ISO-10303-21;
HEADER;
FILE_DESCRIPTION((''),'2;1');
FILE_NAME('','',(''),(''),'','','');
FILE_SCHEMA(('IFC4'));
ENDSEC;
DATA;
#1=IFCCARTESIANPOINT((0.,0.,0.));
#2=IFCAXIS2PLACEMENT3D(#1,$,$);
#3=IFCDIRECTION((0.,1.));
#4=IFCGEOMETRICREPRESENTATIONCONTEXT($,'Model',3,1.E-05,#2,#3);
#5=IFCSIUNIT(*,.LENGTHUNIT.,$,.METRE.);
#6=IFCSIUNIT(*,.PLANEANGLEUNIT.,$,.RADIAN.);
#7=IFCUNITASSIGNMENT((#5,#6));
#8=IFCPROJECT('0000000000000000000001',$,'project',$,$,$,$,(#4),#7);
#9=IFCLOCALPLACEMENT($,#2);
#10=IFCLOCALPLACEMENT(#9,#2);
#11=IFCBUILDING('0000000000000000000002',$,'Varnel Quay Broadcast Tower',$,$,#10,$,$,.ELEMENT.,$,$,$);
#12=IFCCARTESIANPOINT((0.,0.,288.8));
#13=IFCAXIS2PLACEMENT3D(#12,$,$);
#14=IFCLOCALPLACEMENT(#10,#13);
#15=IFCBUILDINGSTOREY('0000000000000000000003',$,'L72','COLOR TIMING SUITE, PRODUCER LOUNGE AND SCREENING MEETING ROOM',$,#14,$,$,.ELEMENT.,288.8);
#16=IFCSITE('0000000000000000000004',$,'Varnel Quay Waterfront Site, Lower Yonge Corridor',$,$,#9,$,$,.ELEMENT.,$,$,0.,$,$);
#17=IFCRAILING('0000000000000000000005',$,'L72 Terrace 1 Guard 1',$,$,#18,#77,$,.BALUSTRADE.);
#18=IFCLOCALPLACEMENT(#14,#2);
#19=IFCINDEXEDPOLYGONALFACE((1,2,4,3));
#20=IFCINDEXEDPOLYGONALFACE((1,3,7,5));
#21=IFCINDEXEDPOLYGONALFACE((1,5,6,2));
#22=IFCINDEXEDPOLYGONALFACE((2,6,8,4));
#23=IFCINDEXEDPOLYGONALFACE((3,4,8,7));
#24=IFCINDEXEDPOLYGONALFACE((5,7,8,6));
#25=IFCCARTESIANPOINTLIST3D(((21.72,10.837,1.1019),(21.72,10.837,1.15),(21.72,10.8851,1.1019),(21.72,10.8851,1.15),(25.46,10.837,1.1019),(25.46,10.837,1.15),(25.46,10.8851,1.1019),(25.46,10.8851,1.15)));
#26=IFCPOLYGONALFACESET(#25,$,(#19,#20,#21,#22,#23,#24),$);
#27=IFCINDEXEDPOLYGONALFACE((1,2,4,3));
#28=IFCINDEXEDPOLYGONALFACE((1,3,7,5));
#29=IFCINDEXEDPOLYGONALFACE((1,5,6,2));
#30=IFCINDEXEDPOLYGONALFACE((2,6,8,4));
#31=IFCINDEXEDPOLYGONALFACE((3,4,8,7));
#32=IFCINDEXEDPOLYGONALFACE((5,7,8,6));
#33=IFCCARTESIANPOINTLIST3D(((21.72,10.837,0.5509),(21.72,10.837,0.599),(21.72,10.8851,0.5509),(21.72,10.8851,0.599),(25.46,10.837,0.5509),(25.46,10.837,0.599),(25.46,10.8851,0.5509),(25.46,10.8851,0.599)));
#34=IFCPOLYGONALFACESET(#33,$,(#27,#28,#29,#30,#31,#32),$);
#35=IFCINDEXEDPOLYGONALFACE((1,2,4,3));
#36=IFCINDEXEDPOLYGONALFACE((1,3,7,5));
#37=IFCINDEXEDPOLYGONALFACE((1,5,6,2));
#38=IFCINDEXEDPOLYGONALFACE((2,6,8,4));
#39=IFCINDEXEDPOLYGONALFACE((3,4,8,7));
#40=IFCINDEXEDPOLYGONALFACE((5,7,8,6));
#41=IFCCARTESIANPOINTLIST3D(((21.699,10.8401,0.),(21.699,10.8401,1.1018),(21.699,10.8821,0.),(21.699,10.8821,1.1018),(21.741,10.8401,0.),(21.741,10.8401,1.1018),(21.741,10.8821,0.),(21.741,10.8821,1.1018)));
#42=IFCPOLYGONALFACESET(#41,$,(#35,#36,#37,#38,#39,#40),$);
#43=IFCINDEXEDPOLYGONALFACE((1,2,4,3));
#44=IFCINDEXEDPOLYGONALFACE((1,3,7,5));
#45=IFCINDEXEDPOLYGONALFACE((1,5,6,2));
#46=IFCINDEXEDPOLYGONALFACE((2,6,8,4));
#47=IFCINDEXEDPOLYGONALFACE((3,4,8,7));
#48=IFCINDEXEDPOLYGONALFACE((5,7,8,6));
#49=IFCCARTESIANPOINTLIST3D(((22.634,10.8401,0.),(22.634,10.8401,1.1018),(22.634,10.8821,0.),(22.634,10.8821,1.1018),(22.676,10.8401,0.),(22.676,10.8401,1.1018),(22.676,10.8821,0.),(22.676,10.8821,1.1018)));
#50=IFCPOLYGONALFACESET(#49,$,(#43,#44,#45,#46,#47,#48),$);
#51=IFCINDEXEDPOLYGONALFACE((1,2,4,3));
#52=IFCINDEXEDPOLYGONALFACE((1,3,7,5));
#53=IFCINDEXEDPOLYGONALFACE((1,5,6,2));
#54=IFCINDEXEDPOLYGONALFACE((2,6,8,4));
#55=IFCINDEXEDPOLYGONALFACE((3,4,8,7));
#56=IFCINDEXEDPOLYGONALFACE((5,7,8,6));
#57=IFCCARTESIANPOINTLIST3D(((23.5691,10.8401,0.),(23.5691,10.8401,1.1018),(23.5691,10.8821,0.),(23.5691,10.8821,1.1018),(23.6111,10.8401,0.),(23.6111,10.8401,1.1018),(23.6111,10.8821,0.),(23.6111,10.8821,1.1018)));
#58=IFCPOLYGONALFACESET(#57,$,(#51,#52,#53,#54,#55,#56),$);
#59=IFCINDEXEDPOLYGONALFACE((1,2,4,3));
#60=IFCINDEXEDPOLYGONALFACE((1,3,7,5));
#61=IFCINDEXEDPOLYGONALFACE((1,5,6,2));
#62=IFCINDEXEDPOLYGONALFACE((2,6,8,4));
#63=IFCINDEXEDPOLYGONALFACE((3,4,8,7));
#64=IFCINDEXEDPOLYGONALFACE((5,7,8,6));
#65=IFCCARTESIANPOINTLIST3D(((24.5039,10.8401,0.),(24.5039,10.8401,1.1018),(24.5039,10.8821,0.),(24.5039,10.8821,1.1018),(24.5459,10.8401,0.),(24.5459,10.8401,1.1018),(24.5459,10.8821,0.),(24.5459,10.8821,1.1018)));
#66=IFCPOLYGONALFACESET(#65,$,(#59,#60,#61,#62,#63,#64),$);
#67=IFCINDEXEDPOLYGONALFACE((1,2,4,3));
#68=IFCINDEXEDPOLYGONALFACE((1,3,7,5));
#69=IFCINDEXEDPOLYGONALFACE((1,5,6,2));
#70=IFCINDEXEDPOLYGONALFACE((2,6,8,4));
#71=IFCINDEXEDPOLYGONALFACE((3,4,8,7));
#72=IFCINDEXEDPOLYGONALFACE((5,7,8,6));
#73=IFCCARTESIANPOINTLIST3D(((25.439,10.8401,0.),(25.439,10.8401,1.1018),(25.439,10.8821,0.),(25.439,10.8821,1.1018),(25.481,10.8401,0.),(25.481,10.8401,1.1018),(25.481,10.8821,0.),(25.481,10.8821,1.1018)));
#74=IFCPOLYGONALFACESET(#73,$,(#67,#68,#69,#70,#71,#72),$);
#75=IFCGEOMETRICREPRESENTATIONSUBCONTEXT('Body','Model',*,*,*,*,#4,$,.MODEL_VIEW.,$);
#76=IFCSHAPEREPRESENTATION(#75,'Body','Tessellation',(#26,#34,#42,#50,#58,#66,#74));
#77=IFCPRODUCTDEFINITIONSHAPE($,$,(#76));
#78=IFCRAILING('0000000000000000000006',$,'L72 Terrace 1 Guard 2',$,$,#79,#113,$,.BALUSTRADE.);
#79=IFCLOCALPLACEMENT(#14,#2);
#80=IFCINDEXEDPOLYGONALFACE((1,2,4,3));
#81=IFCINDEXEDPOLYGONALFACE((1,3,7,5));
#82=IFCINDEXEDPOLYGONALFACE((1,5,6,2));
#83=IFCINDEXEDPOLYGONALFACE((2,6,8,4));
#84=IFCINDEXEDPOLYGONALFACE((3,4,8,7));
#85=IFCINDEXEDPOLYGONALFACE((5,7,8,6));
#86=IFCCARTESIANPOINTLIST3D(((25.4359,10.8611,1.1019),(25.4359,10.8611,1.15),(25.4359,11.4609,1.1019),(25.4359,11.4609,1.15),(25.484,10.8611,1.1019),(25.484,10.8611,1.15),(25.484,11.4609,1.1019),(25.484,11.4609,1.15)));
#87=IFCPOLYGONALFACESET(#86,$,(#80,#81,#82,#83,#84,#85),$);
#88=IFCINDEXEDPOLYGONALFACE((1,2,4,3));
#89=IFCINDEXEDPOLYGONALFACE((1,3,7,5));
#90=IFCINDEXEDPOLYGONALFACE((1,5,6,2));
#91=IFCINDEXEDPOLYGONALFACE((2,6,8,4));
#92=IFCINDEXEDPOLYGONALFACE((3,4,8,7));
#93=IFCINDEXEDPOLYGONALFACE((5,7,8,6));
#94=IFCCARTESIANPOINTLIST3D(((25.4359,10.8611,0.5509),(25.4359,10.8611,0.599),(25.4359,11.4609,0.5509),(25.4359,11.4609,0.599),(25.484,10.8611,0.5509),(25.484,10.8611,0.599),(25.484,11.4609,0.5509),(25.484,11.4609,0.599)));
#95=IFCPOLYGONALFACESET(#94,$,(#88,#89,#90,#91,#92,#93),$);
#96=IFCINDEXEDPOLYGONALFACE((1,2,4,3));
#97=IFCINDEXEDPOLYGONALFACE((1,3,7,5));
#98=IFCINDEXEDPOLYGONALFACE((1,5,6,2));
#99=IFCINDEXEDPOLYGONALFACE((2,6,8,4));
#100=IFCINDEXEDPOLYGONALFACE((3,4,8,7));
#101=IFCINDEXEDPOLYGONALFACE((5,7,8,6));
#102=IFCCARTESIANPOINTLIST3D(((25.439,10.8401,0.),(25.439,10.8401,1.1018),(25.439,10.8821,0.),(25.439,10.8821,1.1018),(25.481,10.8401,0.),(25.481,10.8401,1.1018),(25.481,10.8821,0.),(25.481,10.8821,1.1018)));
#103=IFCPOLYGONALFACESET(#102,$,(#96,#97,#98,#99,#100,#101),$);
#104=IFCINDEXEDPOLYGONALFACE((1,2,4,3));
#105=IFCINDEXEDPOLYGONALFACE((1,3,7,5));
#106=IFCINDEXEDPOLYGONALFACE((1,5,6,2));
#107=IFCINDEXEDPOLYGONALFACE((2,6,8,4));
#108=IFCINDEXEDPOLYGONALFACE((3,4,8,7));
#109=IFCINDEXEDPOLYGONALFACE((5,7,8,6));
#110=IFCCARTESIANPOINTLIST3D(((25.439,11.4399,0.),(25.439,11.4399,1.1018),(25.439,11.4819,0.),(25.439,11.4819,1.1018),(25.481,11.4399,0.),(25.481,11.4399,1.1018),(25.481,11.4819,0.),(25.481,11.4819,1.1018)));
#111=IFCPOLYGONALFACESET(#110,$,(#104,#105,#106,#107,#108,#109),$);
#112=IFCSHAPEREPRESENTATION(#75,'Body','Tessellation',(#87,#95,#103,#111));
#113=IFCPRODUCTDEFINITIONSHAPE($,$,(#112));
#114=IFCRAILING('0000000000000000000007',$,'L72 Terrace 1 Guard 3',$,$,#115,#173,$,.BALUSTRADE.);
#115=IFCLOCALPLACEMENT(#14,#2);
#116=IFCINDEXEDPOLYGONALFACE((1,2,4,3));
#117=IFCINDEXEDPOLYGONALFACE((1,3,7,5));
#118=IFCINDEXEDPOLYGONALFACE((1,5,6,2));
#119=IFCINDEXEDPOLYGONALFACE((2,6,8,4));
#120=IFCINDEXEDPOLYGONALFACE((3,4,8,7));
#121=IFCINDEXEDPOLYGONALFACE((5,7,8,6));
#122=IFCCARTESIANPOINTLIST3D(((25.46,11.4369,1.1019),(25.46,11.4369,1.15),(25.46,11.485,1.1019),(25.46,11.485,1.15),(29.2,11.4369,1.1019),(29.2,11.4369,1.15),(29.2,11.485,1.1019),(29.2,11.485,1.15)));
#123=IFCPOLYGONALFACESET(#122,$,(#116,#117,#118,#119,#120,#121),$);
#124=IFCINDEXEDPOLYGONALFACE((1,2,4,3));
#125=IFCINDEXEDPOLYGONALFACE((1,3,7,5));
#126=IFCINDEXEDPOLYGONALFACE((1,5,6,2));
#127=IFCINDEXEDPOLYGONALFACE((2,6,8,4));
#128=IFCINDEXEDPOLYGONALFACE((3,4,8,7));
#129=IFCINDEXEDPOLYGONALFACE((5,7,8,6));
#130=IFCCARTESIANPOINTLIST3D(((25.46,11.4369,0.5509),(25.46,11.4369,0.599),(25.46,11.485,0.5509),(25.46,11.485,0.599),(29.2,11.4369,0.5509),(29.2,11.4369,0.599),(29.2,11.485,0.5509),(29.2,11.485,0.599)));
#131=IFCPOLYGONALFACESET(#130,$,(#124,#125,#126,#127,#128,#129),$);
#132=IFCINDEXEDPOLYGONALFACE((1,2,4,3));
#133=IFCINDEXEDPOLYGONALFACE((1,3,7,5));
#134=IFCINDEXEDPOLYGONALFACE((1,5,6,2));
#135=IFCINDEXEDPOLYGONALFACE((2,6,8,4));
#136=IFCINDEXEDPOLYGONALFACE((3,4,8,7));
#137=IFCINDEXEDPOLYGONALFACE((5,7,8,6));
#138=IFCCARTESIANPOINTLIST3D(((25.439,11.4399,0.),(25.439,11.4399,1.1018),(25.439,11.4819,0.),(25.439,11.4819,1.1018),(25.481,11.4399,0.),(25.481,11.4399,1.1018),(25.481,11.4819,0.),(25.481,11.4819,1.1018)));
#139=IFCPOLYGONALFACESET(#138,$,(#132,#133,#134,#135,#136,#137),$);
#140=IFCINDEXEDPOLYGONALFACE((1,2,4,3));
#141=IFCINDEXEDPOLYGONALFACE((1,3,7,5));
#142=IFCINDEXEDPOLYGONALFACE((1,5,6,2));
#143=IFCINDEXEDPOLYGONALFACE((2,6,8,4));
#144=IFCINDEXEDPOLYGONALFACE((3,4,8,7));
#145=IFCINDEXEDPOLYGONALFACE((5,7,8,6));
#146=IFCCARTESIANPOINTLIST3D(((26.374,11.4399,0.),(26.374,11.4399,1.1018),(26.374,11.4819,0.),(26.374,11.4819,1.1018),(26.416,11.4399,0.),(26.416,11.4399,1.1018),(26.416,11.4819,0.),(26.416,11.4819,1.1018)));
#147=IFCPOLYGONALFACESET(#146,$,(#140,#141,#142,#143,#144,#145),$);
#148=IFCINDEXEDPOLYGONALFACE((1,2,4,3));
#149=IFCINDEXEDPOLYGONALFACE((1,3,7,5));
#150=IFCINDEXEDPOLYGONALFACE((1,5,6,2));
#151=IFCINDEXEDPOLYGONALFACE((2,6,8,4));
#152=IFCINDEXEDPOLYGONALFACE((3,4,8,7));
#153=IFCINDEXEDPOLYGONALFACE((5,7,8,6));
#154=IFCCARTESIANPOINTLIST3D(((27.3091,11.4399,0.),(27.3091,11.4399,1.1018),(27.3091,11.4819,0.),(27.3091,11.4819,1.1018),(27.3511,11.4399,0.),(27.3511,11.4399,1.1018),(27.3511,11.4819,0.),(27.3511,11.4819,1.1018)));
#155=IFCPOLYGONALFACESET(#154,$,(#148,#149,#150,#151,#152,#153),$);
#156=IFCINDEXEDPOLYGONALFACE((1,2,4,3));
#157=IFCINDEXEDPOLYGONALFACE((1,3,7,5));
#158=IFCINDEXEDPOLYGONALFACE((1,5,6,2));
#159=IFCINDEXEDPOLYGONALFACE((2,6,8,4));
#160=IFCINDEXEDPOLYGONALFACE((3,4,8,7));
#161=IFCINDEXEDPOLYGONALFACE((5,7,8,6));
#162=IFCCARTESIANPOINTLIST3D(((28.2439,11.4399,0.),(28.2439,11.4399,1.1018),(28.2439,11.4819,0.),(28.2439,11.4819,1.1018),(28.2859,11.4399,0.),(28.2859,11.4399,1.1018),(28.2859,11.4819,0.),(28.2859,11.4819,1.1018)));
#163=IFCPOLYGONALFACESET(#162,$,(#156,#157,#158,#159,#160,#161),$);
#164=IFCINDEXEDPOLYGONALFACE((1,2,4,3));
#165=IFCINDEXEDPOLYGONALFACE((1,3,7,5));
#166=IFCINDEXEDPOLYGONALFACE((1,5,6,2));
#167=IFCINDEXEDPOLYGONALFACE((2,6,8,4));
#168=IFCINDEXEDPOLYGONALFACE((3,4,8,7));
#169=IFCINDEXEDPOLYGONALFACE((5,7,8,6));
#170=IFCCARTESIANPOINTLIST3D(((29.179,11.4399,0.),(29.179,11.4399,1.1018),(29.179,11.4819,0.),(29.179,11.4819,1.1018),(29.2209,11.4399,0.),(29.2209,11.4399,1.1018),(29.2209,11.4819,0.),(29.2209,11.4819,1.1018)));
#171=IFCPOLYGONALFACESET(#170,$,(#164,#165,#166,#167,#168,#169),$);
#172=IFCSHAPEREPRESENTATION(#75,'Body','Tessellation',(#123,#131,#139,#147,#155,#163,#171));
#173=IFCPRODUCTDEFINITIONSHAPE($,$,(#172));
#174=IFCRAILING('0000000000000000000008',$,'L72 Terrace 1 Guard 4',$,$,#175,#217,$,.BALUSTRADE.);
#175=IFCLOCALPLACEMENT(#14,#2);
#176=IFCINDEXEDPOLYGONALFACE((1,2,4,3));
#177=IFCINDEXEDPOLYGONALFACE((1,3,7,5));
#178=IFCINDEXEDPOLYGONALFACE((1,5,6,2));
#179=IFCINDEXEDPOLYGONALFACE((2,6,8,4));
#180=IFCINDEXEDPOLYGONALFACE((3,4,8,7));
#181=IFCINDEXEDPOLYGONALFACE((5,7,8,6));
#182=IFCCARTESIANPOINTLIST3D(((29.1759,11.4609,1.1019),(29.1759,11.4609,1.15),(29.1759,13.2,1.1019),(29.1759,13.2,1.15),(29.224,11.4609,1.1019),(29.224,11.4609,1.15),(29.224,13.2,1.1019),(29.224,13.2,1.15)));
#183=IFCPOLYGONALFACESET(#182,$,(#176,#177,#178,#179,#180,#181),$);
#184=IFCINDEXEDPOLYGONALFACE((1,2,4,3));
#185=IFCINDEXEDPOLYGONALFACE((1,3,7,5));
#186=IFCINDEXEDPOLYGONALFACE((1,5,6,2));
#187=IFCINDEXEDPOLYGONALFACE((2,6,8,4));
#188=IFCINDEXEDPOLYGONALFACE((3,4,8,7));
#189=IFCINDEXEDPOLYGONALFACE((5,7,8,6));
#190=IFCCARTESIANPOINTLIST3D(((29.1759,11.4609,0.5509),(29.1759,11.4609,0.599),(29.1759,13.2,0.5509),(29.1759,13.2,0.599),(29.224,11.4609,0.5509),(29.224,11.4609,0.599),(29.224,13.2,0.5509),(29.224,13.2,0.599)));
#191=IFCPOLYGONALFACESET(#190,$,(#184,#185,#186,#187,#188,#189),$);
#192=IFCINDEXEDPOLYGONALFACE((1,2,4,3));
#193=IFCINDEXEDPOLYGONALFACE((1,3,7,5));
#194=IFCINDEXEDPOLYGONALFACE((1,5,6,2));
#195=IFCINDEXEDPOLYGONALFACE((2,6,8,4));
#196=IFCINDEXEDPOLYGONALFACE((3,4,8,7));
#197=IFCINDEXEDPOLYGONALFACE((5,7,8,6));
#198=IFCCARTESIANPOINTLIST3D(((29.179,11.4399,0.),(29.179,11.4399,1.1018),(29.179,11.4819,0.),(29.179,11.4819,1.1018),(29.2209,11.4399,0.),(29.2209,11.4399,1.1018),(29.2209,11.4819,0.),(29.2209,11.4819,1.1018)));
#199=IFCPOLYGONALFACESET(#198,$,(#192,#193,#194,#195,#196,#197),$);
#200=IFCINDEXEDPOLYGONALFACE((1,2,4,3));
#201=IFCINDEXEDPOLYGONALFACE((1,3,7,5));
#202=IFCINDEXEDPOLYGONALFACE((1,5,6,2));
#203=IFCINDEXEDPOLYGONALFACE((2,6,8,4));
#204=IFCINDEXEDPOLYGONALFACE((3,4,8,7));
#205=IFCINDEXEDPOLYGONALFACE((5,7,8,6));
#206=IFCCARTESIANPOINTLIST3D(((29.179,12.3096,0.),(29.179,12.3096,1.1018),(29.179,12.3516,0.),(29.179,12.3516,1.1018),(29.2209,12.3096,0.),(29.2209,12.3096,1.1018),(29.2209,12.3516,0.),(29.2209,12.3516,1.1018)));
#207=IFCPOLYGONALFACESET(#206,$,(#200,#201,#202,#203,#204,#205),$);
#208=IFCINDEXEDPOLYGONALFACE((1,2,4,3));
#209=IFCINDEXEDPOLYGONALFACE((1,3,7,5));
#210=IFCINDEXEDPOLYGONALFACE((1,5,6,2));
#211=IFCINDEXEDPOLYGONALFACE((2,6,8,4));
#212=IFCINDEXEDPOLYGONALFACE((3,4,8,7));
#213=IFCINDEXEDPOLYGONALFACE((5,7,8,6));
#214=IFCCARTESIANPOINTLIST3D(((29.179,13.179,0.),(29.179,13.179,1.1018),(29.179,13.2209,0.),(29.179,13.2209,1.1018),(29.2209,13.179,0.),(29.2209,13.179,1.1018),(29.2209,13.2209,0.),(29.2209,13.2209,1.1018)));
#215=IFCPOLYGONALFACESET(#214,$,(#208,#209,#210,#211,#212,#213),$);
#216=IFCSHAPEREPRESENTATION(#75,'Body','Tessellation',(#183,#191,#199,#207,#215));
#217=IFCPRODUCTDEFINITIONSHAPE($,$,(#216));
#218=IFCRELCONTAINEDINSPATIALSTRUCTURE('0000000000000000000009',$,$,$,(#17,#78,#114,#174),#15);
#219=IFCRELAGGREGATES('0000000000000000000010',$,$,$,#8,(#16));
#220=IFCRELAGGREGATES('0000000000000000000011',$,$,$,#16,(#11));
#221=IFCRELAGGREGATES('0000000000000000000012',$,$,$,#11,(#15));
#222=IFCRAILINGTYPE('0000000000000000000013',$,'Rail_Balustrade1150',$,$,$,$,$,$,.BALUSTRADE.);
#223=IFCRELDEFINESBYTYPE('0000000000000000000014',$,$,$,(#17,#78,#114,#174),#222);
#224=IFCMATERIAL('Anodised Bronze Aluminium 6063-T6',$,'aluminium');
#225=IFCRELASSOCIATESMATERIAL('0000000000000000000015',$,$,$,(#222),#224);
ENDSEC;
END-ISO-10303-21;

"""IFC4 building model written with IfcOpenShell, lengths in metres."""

from ifc_helpers import new_model, si_unit, direction, frame, origin, origin_2d, place, context, subcontext, project, spatial, rectangle, extrude, material, type_object, element, save


model = new_model("IFC4")

# Units and contexts
model_context = context("Model", 3, precision=1e-05, world=origin(), true_north=direction((0.0, 1.0)))
body_context = subcontext(model_context, "Body", "Model", "MODEL_VIEW")
ifc_project = project(units=[si_unit("LENGTHUNIT", "METRE"), si_unit("PLANEANGLEUNIT", "RADIAN")], contexts=[model_context])

# Site, building, storey
site_placement = place(None, origin())
site = spatial("IfcSite", under=ifc_project, at=site_placement, Name="Varnel Quay Waterfront Site, Lower Yonge Corridor", CompositionType="ELEMENT", RefElevation=0.0)
building_placement = place(site_placement, origin())
building = spatial("IfcBuilding", under=site, at=building_placement, Name="Varnel Quay Broadcast Tower", CompositionType="ELEMENT")
storey_placement = place(building_placement, frame((0.0, 0.0, 288.8)))
storey = spatial("IfcBuildingStorey", under=building, at=storey_placement, Name="L72", Description="COLOR TIMING SUITE, PRODUCER LOUNGE AND SCREENING MEETING ROOM", CompositionType="ELEMENT", Elevation=288.8)

# Shared definitions
ifc_material_1 = material(Name="Anodised Bronze Aluminium 6063-T6", Category="aluminium")

# Railings
railing_type = type_object("IfcRailingType", Name="Rail_Balustrade1150", PredefinedType="BALUSTRADE", material=ifc_material_1)
railing_1_placement = place(storey_placement, frame((21.72, 10.8611, 0.0)))
element("IfcRailing", 1, at=railing_1_placement, inside=storey, type_object=railing_type, Name="L72 Terrace 1 Guard 1", PredefinedType="BALUSTRADE", context=body_context, shape_type="SweptSolid", body=[
    extrude(rectangle(XDim=0.0481, YDim=0.0481, at=origin_2d()), frame((0.0, 0.0, 1.126), z_axis=(1.0, 0.0, 0.0), x_axis=(0.0, 1.0, 0.0)), (0.0, 0.0, 1.0), 3.74),
    extrude(rectangle(XDim=0.0481, YDim=0.0481, at=origin_2d()), frame((0.0, 0.0, 0.575), z_axis=(1.0, 0.0, 0.0), x_axis=(0.0, 1.0, 0.0)), (0.0, 0.0, 1.0), 3.74),
    extrude(rectangle(XDim=0.042, YDim=0.042, at=origin_2d()), origin(), (0.0, 0.0, 1.0), 1.1018),
    extrude(rectangle(XDim=0.042, YDim=0.042, at=origin_2d()), frame((0.9351, 0.0, 0.0)), (0.0, 0.0, 1.0), 1.1018),
    extrude(rectangle(XDim=0.042, YDim=0.042, at=origin_2d()), frame((1.8701, 0.0, 0.0)), (0.0, 0.0, 1.0), 1.1018),
    extrude(rectangle(XDim=0.042, YDim=0.042, at=origin_2d()), frame((2.8049, 0.0, 0.0)), (0.0, 0.0, 1.0), 1.1018),
    extrude(rectangle(XDim=0.042, YDim=0.042, at=origin_2d()), frame((3.74, 0.0, 0.0)), (0.0, 0.0, 1.0), 1.1018),
])
railing_2_placement = place(storey_placement, frame((25.46, 10.8611, 0.0)))
element("IfcRailing", 2, at=railing_2_placement, inside=storey, type_object=railing_type, Name="L72 Terrace 1 Guard 2", PredefinedType="BALUSTRADE", context=body_context, shape_type="SweptSolid", body=[
    extrude(rectangle(XDim=0.0481, YDim=0.0481, at=origin_2d()), frame((0.0, 0.0, 1.126), z_axis=(0.0, 1.0, 0.0), x_axis=(-1.0, 0.0, 0.0)), (0.0, 0.0, 1.0), 0.5999),
    extrude(rectangle(XDim=0.0481, YDim=0.0481, at=origin_2d()), frame((0.0, 0.0, 0.575), z_axis=(0.0, 1.0, 0.0), x_axis=(-1.0, 0.0, 0.0)), (0.0, 0.0, 1.0), 0.5999),
    extrude(rectangle(XDim=0.042, YDim=0.042, at=origin_2d()), origin(), (0.0, 0.0, 1.0), 1.1018),
    extrude(rectangle(XDim=0.042, YDim=0.042, at=origin_2d()), frame((0.0, 0.5999, 0.0)), (0.0, 0.0, 1.0), 1.1018),
])
railing_3_placement = place(storey_placement, frame((25.46, 11.4609, 0.0)))
element("IfcRailing", 3, at=railing_3_placement, inside=storey, type_object=railing_type, Name="L72 Terrace 1 Guard 3", PredefinedType="BALUSTRADE", context=body_context, shape_type="SweptSolid", body=[
    extrude(rectangle(XDim=0.0481, YDim=0.0481, at=origin_2d()), frame((0.0, 0.0, 1.126), z_axis=(1.0, 0.0, 0.0), x_axis=(0.0, 1.0, 0.0)), (0.0, 0.0, 1.0), 3.74),
    extrude(rectangle(XDim=0.0481, YDim=0.0481, at=origin_2d()), frame((0.0, 0.0, 0.575), z_axis=(1.0, 0.0, 0.0), x_axis=(0.0, 1.0, 0.0)), (0.0, 0.0, 1.0), 3.74),
    extrude(rectangle(XDim=0.042, YDim=0.042, at=origin_2d()), origin(), (0.0, 0.0, 1.0), 1.1018),
    extrude(rectangle(XDim=0.042, YDim=0.042, at=origin_2d()), frame((0.9351, 0.0, 0.0)), (0.0, 0.0, 1.0), 1.1018),
    extrude(rectangle(XDim=0.042, YDim=0.042, at=origin_2d()), frame((1.8701, 0.0, 0.0)), (0.0, 0.0, 1.0), 1.1018),
    extrude(rectangle(XDim=0.042, YDim=0.042, at=origin_2d()), frame((2.8049, 0.0, 0.0)), (0.0, 0.0, 1.0), 1.1018),
    extrude(rectangle(XDim=0.042, YDim=0.042, at=origin_2d()), frame((3.74, 0.0, 0.0)), (0.0, 0.0, 1.0), 1.1018),
])
railing_4_placement = place(storey_placement, frame((29.2, 11.4609, 0.0)))
element("IfcRailing", 4, at=railing_4_placement, inside=storey, type_object=railing_type, Name="L72 Terrace 1 Guard 4", PredefinedType="BALUSTRADE", context=body_context, shape_type="SweptSolid", body=[
    extrude(rectangle(XDim=0.0481, YDim=0.0481, at=origin_2d()), frame((0.0, 0.0, 1.126), z_axis=(0.0, 1.0, 0.0), x_axis=(-1.0, 0.0, 0.0)), (0.0, 0.0, 1.0), 1.739),
    extrude(rectangle(XDim=0.0481, YDim=0.0481, at=origin_2d()), frame((0.0, 0.0, 0.575), z_axis=(0.0, 1.0, 0.0), x_axis=(-1.0, 0.0, 0.0)), (0.0, 0.0, 1.0), 1.739),
    extrude(rectangle(XDim=0.042, YDim=0.042, at=origin_2d()), origin(), (0.0, 0.0, 1.0), 1.1018),
    extrude(rectangle(XDim=0.042, YDim=0.042, at=origin_2d()), frame((0.0, 0.8696, 0.0)), (0.0, 0.0, 1.0), 1.1018),
    extrude(rectangle(XDim=0.042, YDim=0.042, at=origin_2d()), frame((0.0, 1.739, 0.0)), (0.0, 0.0, 1.0), 1.1018),
])

save(model, "model.ifc")
